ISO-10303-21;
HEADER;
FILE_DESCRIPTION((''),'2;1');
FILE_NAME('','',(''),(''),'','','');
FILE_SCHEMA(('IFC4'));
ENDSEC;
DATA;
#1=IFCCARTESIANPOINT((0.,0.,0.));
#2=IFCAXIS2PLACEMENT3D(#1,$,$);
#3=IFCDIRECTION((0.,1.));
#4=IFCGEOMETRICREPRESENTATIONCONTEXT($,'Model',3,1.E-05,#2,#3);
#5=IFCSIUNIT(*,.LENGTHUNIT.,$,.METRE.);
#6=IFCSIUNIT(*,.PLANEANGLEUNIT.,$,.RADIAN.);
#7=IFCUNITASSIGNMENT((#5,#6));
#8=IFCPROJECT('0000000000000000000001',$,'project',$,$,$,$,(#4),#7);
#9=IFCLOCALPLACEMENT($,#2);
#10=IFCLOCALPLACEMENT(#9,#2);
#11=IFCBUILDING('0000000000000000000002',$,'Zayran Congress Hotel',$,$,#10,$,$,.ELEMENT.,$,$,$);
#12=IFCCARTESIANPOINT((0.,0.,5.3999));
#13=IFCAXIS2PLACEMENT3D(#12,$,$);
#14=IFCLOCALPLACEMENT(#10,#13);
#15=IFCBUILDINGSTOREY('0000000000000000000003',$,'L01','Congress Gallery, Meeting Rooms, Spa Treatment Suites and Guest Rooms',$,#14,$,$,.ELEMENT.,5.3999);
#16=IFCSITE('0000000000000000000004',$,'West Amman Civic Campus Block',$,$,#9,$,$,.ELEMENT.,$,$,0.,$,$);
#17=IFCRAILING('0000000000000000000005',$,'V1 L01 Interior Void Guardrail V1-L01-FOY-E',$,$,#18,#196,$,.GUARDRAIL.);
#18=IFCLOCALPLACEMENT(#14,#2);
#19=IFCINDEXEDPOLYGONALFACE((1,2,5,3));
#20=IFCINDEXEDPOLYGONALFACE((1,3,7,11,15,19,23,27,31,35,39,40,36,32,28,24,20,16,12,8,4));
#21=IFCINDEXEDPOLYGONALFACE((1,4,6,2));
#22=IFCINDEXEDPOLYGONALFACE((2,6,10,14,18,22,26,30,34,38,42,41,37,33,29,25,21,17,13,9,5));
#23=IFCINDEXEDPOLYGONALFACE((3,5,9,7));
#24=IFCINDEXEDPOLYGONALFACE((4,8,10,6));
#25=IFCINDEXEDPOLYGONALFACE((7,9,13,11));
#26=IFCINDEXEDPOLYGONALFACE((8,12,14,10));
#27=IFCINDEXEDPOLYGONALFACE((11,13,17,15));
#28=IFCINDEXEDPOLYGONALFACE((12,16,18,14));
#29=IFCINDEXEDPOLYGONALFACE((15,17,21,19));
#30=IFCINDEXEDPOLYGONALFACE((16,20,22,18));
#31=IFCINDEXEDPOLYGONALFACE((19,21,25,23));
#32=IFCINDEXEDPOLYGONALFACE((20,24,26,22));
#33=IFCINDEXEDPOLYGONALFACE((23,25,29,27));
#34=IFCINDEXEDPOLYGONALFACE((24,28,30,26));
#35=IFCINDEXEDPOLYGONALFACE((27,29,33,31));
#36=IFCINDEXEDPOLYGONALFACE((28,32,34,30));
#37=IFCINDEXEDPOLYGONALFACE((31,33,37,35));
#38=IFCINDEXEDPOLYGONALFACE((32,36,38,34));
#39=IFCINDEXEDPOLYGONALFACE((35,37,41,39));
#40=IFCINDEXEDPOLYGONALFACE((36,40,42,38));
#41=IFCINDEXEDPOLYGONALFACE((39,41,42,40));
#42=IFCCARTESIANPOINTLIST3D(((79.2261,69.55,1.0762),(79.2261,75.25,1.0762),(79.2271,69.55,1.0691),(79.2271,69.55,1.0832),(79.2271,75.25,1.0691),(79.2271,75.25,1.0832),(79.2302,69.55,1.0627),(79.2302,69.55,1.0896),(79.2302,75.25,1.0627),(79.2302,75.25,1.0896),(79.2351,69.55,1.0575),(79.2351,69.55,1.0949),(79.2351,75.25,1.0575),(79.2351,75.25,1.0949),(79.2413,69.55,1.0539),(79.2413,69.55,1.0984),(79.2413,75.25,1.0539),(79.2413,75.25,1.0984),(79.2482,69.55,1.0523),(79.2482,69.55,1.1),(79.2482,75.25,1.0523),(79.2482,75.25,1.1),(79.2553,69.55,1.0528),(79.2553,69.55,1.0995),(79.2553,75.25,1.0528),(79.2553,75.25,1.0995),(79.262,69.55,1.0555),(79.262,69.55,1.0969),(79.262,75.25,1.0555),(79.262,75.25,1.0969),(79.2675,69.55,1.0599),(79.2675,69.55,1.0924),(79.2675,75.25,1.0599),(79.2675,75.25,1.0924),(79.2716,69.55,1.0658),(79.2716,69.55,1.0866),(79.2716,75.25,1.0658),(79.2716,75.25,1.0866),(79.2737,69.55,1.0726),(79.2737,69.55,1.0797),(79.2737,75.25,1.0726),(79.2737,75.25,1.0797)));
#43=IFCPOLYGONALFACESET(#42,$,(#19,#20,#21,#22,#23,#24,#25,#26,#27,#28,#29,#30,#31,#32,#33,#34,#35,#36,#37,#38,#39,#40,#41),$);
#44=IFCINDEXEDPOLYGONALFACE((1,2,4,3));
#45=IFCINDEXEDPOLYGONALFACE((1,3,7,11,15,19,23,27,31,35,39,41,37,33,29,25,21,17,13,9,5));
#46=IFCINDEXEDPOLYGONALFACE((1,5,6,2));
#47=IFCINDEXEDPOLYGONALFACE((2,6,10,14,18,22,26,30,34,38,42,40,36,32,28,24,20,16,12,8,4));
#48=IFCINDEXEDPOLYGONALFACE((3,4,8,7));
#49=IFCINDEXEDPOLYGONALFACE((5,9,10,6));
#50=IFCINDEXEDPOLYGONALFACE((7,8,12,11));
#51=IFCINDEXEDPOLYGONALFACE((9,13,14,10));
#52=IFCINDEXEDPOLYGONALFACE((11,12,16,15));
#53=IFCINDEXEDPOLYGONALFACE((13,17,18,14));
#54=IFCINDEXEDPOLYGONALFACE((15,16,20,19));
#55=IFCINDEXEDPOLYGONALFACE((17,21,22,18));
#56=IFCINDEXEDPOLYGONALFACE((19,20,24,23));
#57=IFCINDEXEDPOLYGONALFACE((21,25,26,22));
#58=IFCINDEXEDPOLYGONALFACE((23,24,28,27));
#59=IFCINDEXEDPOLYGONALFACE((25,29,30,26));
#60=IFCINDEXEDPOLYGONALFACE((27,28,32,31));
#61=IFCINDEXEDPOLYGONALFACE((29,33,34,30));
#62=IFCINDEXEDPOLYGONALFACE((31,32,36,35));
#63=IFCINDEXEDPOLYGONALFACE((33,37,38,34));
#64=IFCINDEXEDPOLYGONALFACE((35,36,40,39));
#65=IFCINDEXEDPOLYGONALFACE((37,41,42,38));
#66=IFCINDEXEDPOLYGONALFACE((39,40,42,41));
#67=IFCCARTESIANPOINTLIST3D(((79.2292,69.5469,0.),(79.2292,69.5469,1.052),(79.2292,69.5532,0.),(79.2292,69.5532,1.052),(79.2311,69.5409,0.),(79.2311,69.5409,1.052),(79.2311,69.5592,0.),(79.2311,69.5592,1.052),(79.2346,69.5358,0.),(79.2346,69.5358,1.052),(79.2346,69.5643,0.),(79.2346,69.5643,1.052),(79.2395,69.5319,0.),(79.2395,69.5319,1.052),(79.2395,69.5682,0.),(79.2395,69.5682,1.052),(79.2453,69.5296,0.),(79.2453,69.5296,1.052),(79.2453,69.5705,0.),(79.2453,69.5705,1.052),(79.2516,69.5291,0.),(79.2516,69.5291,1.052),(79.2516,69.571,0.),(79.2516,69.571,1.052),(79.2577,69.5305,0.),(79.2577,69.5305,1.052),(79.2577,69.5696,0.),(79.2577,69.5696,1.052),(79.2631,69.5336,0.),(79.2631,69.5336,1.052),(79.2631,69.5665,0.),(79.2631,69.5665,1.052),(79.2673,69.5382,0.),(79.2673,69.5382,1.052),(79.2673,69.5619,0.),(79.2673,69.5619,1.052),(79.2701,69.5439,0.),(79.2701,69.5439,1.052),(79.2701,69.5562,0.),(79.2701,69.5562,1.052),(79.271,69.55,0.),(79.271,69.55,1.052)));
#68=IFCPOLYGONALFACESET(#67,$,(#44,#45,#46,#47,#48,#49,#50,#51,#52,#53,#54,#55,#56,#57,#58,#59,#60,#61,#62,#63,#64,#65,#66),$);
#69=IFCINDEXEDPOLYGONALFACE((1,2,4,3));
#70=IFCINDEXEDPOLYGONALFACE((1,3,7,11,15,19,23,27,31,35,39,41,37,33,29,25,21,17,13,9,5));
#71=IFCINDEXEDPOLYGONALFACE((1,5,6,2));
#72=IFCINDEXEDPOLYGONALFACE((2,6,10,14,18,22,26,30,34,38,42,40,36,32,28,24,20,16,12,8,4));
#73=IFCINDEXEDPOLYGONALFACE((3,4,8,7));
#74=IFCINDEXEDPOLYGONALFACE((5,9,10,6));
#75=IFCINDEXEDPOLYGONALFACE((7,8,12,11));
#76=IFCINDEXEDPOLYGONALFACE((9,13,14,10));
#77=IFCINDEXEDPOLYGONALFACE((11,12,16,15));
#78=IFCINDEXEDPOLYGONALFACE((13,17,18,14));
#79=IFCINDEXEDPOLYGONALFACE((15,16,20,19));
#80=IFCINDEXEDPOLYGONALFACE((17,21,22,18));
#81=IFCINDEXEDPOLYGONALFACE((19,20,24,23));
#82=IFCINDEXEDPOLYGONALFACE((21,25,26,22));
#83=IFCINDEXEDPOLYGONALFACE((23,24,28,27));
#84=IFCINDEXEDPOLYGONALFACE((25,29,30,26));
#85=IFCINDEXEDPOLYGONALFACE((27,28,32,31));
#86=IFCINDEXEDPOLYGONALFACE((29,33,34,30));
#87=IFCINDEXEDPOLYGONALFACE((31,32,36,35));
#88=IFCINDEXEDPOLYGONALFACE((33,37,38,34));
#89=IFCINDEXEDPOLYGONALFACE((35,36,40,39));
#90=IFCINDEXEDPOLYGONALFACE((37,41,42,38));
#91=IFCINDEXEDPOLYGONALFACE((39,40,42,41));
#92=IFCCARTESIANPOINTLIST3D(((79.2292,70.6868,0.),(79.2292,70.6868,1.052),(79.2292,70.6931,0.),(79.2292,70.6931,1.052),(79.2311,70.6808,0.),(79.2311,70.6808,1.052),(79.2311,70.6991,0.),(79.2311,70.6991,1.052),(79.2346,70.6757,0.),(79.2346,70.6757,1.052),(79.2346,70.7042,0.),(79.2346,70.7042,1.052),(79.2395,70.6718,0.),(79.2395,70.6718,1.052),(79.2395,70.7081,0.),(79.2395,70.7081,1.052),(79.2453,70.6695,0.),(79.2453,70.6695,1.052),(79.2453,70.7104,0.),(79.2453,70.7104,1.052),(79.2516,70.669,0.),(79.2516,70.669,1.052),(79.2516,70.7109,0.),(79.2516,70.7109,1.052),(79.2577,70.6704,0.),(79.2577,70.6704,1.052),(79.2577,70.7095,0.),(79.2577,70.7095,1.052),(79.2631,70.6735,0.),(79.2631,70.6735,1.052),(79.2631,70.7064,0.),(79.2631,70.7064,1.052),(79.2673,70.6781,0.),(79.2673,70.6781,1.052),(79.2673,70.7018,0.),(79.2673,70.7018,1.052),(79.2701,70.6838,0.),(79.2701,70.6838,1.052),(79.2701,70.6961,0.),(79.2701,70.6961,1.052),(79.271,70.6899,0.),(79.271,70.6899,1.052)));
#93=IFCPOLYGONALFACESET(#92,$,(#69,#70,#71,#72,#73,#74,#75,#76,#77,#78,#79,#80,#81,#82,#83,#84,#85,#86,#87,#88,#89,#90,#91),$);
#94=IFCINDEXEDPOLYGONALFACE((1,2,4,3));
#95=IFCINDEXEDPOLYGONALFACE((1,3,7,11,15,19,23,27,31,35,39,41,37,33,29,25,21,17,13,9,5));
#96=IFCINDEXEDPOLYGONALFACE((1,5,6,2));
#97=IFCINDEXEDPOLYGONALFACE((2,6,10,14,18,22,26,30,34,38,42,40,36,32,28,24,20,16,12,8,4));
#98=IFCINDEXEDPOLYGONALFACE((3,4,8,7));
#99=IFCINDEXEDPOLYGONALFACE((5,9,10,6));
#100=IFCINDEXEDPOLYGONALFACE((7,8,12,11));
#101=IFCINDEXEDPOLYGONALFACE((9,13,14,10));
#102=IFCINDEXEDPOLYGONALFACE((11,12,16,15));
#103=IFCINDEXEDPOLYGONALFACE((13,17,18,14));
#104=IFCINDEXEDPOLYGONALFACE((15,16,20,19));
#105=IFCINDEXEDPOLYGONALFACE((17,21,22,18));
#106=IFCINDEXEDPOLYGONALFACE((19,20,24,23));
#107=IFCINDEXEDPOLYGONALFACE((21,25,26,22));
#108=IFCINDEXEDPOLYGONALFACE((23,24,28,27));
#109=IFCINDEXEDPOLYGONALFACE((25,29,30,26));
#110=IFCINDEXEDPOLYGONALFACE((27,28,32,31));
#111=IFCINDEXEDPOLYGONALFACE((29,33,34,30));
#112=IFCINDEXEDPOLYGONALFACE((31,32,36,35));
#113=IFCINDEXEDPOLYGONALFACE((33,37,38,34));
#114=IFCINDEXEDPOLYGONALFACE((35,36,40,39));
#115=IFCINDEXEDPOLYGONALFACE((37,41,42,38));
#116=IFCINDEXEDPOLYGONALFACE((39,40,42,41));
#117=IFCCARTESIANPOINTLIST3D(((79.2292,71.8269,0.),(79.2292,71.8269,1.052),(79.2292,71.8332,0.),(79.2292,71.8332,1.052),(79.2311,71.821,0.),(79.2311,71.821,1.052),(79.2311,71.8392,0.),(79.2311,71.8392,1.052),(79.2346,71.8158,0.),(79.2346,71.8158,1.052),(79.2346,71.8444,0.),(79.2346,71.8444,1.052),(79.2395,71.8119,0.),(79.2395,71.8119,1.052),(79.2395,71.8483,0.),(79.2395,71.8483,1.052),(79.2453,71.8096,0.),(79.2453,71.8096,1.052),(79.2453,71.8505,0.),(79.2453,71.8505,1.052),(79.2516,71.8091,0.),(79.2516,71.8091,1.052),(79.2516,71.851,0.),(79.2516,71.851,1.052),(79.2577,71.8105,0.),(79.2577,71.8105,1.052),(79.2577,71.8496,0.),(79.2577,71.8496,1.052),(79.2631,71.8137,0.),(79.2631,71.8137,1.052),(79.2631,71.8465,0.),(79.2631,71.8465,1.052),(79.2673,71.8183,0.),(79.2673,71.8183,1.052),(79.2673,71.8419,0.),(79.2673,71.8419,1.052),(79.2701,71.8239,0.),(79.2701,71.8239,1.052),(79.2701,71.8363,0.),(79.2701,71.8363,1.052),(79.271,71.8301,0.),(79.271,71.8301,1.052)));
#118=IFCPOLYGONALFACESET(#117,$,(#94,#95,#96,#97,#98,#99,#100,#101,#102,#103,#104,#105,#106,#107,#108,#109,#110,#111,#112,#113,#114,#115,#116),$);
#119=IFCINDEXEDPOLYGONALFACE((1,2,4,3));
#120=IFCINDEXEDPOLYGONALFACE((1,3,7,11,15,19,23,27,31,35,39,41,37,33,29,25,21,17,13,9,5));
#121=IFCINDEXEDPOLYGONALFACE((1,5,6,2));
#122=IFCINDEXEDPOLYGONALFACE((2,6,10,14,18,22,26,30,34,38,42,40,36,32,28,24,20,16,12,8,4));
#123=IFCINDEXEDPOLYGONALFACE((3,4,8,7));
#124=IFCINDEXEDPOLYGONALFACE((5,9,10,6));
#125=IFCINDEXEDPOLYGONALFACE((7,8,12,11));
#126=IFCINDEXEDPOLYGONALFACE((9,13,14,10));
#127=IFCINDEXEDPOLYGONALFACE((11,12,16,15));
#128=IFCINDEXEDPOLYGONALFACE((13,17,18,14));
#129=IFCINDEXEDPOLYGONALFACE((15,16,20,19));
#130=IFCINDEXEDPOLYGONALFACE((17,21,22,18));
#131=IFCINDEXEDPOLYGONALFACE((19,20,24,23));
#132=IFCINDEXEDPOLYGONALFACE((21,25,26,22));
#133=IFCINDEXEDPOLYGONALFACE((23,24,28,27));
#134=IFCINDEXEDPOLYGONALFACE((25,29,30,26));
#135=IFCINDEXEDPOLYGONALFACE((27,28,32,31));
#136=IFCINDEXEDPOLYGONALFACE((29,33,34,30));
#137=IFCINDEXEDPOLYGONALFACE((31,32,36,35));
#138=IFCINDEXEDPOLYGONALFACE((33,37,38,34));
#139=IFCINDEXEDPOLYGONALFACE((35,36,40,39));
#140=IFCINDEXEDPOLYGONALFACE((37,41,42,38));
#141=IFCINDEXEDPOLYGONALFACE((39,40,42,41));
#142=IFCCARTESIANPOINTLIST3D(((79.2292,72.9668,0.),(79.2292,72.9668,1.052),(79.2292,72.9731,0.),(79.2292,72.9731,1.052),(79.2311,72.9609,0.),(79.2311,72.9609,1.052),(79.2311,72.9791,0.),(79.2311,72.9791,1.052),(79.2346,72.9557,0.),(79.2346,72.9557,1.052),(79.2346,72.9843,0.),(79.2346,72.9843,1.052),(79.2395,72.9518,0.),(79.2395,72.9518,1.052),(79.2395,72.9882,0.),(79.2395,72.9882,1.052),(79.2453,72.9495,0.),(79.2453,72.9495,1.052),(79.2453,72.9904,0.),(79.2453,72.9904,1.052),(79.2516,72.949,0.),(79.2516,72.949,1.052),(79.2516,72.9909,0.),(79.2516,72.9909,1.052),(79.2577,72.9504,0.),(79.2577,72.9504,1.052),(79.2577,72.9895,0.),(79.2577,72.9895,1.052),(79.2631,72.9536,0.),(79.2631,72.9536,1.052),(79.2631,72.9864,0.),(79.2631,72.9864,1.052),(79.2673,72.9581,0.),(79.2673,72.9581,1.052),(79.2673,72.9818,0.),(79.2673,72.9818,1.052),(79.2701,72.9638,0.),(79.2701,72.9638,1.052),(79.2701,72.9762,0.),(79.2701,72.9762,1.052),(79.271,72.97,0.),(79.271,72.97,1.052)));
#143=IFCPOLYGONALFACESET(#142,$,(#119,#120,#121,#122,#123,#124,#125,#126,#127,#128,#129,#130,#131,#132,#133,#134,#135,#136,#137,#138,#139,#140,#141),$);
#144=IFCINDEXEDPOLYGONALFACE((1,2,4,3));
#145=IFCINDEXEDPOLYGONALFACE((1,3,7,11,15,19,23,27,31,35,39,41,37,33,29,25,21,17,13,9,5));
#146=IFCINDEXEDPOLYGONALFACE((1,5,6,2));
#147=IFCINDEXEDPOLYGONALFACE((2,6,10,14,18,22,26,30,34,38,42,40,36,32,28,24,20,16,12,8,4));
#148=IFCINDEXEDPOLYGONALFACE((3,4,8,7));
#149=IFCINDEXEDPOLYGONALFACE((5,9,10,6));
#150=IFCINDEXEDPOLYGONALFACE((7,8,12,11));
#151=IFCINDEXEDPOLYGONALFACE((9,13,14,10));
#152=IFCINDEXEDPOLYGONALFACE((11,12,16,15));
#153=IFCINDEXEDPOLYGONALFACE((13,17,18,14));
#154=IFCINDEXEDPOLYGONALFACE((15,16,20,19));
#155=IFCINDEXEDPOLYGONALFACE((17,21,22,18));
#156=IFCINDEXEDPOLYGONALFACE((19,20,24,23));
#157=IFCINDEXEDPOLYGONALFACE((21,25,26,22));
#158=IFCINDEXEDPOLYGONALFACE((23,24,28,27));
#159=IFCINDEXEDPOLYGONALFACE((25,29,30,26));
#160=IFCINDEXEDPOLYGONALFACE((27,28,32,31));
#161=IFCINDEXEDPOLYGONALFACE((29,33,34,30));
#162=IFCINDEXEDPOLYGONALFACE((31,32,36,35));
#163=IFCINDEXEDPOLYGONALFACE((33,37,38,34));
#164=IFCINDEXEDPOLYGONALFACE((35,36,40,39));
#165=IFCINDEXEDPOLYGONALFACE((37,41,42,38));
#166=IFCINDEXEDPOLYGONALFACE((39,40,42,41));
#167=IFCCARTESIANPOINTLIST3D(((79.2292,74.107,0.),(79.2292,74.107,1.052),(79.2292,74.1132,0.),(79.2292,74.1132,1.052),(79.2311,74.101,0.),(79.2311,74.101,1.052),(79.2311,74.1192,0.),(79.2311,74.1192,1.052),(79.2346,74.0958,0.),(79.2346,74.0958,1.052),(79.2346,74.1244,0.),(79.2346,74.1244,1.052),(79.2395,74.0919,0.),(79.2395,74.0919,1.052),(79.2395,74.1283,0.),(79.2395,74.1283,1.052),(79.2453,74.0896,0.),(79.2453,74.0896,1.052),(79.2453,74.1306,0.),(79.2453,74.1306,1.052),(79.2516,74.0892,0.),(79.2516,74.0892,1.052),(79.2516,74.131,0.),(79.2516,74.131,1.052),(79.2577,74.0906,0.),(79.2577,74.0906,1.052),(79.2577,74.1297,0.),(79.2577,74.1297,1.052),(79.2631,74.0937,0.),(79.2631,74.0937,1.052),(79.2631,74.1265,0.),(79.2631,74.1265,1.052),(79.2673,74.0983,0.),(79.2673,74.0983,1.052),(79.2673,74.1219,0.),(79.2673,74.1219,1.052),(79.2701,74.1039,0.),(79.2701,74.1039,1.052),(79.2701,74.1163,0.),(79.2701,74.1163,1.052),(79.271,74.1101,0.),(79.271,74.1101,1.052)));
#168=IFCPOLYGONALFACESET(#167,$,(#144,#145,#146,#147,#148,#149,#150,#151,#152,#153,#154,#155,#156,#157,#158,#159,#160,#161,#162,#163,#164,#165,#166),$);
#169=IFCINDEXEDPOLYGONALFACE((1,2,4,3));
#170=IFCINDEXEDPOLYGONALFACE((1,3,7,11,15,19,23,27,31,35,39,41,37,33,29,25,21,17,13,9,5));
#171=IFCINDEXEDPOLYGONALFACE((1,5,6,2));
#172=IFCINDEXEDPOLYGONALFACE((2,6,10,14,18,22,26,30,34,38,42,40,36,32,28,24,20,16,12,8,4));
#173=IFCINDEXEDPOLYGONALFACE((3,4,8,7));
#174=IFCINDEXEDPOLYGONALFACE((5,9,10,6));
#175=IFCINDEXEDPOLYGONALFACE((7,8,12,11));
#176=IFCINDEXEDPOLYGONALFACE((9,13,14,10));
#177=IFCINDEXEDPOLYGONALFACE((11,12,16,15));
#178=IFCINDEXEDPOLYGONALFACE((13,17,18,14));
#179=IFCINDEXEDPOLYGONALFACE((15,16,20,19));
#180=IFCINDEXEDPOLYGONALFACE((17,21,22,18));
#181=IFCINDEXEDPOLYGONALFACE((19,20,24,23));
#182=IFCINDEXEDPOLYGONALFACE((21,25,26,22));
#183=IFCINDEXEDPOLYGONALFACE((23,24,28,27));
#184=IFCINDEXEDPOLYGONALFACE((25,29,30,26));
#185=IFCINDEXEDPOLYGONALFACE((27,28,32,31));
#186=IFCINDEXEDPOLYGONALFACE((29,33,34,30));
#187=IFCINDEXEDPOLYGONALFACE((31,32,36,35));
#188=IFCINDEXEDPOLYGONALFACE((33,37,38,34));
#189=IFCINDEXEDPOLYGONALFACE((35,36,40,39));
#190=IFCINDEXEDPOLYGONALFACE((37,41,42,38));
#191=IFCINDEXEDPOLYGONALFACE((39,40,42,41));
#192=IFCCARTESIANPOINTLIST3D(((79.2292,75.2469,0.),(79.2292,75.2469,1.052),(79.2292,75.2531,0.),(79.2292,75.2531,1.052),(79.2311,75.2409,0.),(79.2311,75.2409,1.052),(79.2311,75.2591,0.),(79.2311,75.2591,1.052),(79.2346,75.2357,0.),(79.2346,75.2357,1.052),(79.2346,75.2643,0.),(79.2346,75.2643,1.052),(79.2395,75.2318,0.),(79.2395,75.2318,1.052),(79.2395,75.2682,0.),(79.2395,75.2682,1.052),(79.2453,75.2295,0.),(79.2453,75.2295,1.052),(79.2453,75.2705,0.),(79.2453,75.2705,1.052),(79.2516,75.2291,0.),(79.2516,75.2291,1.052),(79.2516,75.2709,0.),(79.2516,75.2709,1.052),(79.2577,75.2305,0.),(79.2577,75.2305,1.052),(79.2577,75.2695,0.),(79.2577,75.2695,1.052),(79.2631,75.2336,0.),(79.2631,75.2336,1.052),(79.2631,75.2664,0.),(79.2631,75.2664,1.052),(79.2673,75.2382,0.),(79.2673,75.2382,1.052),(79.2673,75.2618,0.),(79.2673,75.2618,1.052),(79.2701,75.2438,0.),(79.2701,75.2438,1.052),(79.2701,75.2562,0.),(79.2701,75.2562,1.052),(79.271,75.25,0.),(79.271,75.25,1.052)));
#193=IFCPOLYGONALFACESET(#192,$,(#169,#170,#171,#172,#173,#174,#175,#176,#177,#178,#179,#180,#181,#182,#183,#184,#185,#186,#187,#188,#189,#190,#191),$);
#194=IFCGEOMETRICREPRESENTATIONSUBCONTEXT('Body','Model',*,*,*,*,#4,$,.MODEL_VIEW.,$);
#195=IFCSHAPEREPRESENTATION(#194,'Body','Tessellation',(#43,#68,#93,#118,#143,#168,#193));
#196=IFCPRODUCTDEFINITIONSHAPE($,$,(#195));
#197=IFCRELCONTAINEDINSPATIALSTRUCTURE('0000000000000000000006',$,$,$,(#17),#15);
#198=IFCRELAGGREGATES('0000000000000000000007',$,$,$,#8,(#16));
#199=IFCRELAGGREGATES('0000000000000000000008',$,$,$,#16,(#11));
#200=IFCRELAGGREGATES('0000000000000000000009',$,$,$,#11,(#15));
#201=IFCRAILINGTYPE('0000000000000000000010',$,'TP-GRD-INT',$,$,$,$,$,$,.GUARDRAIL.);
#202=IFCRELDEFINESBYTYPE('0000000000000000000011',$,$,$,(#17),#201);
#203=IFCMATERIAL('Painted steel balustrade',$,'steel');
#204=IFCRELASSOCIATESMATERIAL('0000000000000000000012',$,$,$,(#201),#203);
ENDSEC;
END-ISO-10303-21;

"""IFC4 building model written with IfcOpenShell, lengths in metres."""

from ifc_helpers import new_model, si_unit, direction, frame, origin, origin_2d, place, context, subcontext, project, spatial, circle, extrude, material, type_object, element, save


model = new_model("IFC4")

# Units and contexts
model_context = context("Model", 3, precision=1e-05, world=origin(), true_north=direction((0.0, 1.0)))
body_context = subcontext(model_context, "Body", "Model", "MODEL_VIEW")
ifc_project = project(units=[si_unit("LENGTHUNIT", "METRE"), si_unit("PLANEANGLEUNIT", "RADIAN")], contexts=[model_context])

# Site, building, storey
site_placement = place(None, origin())
site = spatial("IfcSite", under=ifc_project, at=site_placement, Name="West Amman Civic Campus Block", CompositionType="ELEMENT", RefElevation=0.0)
building_placement = place(site_placement, origin())
building = spatial("IfcBuilding", under=site, at=building_placement, Name="Zayran Congress Hotel", CompositionType="ELEMENT")
storey_placement = place(building_placement, frame((0.0, 0.0, 5.3999)))
storey = spatial("IfcBuildingStorey", under=building, at=storey_placement, Name="L01", Description="Congress Gallery, Meeting Rooms, Spa Treatment Suites and Guest Rooms", CompositionType="ELEMENT", Elevation=5.3999)

# Railing
ifc_material_1 = material(Name="Painted steel balustrade", Category="steel")
railing_type = type_object("IfcRailingType", Name="TP-GRD-INT", PredefinedType="GUARDRAIL", material=ifc_material_1)
railing_1_placement = place(storey_placement, frame((79.25, 69.55, 0.0)))
element("IfcRailing", 1, at=railing_1_placement, inside=storey, type_object=railing_type, Name="V1 L01 Interior Void Guardrail V1-L01-FOY-E", PredefinedType="GUARDRAIL", context=body_context, shape_type="SweptSolid", body=[
    extrude(circle(Radius=0.0239, at=origin_2d()), frame((0.0, 0.0, 1.0762), z_axis=(0.0, 1.0, 0.0), x_axis=(-1.0, 0.0, 0.0)), (0.0, 0.0, 1.0), 5.7),
    extrude(circle(Radius=0.021, at=origin_2d()), origin(), (0.0, 0.0, 1.0), 1.052),
    extrude(circle(Radius=0.021, at=origin_2d()), frame((0.0, 1.1399, 0.0)), (0.0, 0.0, 1.0), 1.052),
    extrude(circle(Radius=0.021, at=origin_2d()), frame((0.0, 2.28, 0.0)), (0.0, 0.0, 1.0), 1.052),
    extrude(circle(Radius=0.021, at=origin_2d()), frame((0.0, 3.4199, 0.0)), (0.0, 0.0, 1.0), 1.052),
    extrude(circle(Radius=0.021, at=origin_2d()), frame((0.0, 4.5601, 0.0)), (0.0, 0.0, 1.0), 1.052),
    extrude(circle(Radius=0.021, at=origin_2d()), frame((0.0, 5.7, 0.0)), (0.0, 0.0, 1.0), 1.052),
])

save(model, "model.ifc")
